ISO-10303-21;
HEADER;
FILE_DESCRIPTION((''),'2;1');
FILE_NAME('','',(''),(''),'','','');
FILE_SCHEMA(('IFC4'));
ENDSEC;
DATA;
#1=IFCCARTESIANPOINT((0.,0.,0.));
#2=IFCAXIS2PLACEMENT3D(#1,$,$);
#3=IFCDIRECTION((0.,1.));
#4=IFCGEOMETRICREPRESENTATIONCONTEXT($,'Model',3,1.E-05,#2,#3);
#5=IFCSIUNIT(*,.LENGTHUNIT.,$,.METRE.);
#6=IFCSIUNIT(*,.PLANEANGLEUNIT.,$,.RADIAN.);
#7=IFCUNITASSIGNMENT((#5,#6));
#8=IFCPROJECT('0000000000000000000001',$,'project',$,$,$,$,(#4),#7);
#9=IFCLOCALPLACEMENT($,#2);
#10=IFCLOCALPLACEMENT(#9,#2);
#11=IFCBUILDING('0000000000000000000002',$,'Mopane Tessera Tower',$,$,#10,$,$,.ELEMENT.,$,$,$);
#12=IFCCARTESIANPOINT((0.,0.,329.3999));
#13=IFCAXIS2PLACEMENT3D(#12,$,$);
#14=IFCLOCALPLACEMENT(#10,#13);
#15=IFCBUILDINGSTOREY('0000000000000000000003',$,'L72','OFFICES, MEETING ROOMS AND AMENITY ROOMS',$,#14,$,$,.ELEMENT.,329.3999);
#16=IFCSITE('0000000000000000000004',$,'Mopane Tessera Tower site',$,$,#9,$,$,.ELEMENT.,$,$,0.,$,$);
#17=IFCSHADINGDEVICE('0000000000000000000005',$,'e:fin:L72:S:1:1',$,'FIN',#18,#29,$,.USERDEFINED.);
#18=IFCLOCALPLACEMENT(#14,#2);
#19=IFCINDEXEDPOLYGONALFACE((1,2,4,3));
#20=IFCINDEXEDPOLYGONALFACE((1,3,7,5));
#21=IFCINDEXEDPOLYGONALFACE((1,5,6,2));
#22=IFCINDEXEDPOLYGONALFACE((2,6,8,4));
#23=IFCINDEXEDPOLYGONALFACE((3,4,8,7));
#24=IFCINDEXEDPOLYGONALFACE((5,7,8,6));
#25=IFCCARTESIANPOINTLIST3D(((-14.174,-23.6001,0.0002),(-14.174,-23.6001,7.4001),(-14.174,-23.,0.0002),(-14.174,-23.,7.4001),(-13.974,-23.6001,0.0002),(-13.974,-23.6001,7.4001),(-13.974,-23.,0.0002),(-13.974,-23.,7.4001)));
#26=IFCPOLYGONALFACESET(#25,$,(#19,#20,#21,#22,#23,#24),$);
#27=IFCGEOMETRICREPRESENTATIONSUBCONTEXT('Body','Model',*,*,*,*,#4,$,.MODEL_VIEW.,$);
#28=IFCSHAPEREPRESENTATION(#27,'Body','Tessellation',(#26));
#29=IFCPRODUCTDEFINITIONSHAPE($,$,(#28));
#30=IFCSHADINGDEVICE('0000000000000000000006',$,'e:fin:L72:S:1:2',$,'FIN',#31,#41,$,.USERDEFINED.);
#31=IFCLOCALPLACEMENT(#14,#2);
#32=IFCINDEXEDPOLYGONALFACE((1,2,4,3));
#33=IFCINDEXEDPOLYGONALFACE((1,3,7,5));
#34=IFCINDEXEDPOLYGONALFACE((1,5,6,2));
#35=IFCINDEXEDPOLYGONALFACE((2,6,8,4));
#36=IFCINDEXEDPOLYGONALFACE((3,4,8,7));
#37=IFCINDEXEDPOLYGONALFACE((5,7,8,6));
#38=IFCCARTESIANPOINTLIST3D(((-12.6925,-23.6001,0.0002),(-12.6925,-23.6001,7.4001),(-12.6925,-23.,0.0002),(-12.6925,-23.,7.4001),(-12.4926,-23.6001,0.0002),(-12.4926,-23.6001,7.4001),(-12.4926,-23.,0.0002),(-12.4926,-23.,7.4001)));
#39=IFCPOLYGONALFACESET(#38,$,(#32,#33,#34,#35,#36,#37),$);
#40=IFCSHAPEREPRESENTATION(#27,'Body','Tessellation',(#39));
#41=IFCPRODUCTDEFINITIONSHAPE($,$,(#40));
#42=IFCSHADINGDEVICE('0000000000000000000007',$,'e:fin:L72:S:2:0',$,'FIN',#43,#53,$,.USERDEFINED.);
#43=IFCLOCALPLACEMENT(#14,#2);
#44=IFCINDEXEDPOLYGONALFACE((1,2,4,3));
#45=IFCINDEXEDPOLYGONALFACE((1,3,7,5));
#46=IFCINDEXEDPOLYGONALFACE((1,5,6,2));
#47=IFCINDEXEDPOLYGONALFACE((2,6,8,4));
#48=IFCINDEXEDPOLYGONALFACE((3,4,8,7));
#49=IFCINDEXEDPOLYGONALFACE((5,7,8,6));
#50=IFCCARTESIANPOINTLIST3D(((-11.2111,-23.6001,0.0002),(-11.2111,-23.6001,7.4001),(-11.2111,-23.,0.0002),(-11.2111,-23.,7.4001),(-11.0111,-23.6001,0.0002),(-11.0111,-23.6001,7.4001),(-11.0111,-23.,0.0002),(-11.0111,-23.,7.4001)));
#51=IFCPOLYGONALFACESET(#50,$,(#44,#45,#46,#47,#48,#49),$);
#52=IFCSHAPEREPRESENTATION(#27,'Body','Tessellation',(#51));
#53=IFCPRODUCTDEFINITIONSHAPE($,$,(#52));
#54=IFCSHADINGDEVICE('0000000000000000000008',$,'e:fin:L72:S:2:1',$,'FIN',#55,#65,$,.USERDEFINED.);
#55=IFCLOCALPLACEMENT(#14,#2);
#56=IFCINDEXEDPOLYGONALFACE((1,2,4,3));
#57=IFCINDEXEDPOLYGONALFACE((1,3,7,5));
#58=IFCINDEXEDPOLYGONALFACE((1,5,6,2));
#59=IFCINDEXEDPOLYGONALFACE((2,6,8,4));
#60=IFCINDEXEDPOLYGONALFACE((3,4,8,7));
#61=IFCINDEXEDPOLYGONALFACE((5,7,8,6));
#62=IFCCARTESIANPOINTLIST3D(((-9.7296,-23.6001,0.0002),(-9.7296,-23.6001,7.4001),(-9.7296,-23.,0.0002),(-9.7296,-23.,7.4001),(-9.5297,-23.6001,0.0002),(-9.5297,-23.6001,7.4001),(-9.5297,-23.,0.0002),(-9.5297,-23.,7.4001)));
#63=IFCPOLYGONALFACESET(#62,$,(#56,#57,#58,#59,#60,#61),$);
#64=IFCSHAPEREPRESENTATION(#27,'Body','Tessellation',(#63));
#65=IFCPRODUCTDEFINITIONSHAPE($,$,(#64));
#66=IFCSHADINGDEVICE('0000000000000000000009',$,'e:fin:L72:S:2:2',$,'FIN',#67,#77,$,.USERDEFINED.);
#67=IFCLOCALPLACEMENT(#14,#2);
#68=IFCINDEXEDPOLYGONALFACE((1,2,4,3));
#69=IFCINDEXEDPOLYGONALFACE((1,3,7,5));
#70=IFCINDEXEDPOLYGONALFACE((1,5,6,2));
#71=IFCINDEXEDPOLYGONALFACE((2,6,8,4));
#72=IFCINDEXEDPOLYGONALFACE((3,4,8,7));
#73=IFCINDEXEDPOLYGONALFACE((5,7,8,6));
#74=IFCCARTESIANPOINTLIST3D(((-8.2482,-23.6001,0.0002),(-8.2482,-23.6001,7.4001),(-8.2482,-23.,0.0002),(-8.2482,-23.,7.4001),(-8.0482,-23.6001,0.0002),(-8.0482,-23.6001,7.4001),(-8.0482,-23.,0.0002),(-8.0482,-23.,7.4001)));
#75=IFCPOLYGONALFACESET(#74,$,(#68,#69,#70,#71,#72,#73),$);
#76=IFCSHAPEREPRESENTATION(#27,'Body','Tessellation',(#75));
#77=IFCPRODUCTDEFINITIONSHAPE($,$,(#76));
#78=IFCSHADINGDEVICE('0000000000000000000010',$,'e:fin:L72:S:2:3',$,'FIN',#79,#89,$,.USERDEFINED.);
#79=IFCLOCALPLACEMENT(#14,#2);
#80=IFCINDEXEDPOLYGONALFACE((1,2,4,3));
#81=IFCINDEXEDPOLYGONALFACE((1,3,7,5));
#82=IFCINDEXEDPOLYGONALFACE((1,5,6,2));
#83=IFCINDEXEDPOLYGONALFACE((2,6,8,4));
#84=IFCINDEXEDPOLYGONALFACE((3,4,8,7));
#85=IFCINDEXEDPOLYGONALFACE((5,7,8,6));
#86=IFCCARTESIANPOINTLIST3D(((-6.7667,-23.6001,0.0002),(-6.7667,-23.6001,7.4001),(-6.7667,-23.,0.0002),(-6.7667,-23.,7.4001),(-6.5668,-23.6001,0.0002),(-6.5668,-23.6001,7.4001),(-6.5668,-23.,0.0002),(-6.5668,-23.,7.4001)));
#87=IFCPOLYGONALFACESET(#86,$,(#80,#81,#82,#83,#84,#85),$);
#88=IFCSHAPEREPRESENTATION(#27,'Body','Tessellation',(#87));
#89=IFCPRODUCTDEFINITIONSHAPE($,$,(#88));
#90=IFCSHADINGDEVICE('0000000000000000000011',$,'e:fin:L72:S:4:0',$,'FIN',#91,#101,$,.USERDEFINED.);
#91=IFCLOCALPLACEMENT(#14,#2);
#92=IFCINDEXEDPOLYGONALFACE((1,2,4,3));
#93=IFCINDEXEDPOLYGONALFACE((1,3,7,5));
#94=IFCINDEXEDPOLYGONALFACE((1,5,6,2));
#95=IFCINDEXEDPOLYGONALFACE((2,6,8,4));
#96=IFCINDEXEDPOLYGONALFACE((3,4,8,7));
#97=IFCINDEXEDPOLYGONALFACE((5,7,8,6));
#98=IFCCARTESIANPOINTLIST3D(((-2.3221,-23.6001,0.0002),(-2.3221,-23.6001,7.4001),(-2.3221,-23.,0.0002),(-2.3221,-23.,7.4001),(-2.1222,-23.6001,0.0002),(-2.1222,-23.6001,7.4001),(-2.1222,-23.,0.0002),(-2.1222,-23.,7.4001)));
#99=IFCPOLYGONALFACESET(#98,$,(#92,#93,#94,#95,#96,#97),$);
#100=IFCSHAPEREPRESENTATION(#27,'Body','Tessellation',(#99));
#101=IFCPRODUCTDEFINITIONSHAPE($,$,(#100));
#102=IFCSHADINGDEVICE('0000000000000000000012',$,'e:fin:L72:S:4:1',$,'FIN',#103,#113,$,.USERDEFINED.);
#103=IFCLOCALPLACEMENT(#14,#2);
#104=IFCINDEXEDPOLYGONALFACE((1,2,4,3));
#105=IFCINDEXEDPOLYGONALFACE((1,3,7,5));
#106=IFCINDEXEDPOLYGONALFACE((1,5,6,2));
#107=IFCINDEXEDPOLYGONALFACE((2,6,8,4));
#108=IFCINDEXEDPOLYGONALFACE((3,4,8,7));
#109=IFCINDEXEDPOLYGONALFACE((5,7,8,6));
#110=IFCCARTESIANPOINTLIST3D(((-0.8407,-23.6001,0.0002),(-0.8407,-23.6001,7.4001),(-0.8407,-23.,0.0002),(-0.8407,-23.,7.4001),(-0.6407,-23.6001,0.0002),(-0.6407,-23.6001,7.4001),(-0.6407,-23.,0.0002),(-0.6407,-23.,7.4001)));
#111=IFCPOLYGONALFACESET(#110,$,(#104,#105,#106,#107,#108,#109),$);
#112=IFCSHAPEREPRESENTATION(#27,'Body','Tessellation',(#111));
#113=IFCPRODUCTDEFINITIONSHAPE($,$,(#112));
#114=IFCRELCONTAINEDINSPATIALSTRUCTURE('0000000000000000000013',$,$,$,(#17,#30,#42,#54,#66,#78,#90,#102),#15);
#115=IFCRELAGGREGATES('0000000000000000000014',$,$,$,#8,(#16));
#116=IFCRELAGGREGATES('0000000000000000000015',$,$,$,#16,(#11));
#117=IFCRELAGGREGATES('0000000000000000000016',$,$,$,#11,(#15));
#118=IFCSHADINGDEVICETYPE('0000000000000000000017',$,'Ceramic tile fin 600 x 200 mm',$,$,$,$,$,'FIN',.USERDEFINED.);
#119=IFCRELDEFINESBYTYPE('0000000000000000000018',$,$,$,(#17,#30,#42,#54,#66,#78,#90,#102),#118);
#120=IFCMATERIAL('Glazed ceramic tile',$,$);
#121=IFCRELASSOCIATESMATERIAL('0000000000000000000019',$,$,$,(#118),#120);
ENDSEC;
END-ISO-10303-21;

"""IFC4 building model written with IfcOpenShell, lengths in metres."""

from ifc_helpers import new_model, si_unit, direction, frame, origin, origin_2d, place, context, subcontext, project, spatial, rectangle, extrude, material, type_object, element, save


model = new_model("IFC4")

# Units and contexts
model_context = context("Model", 3, precision=1e-05, world=origin(), true_north=direction((0.0, 1.0)))
body_context = subcontext(model_context, "Body", "Model", "MODEL_VIEW")
ifc_project = project(units=[si_unit("LENGTHUNIT", "METRE"), si_unit("PLANEANGLEUNIT", "RADIAN")], contexts=[model_context])

# Site, building, storey
site_placement = place(None, origin())
site = spatial("IfcSite", under=ifc_project, at=site_placement, Name="Mopane Tessera Tower site", CompositionType="ELEMENT", RefElevation=0.0)
building_placement = place(site_placement, origin())
building = spatial("IfcBuilding", under=site, at=building_placement, Name="Mopane Tessera Tower", CompositionType="ELEMENT")
storey_placement = place(building_placement, frame((0.0, 0.0, 329.3999)))
storey = spatial("IfcBuildingStorey", under=building, at=storey_placement, Name="L72", Description="OFFICES, MEETING ROOMS AND AMENITY ROOMS", CompositionType="ELEMENT", Elevation=329.3999)

# Shading devices
ifc_material_1 = material(Name="Glazed ceramic tile")
shading_device_type = type_object("IfcShadingDeviceType", Name="Ceramic tile fin 600 x 200 mm", ElementType="FIN", PredefinedType="USERDEFINED", material=ifc_material_1)
for number, where, z_axis, x_axis, name in (
    (1, (-14.074, -23.3, 0.0002), (0.0, 0.0, 1.0), (1.0, 0.0, 0.0), "e:fin:L72:S:1:1"),
    (2, (-12.5925, -23.3, 0.0002), (0.0, 0.0, 1.0), (1.0, 0.0, 0.0), "e:fin:L72:S:1:2"),
    (3, (-11.1111, -23.3, 0.0002), (0.0, 0.0, 1.0), (1.0, 0.0, 0.0), "e:fin:L72:S:2:0"),
    (4, (-9.6296, -23.3, 0.0002), (0.0, 0.0, 1.0), (1.0, 0.0, 0.0), "e:fin:L72:S:2:1"),
    (5, (-8.1482, -23.3, 0.0002), (0.0, 0.0, 1.0), (1.0, 0.0, 0.0), "e:fin:L72:S:2:2"),
    (6, (-6.6667, -23.3, 0.0002), (0.0, 0.0, 1.0), (1.0, 0.0, 0.0), "e:fin:L72:S:2:3"),
    (7, (-2.2222, -23.3, 0.0002), (0.0, 0.0, 1.0), (1.0, 0.0, 0.0), "e:fin:L72:S:4:0"),
    (8, (-0.7407, -23.3, 0.0002), (0.0, 0.0, 1.0), (1.0, 0.0, 0.0), "e:fin:L72:S:4:1"),
):
    element("IfcShadingDevice", number, at=place(storey_placement, frame(where, z_axis=z_axis, x_axis=x_axis)), inside=storey, type_object=shading_device_type, Name=name, ObjectType="FIN", PredefinedType="USERDEFINED", context=body_context, shape_type="SweptSolid", body=[
        extrude(rectangle(XDim=0.2, YDim=0.6001, at=origin_2d()), origin(), (0.0, 0.0, 1.0), 7.3999),
    ])

save(model, "model.ifc")
